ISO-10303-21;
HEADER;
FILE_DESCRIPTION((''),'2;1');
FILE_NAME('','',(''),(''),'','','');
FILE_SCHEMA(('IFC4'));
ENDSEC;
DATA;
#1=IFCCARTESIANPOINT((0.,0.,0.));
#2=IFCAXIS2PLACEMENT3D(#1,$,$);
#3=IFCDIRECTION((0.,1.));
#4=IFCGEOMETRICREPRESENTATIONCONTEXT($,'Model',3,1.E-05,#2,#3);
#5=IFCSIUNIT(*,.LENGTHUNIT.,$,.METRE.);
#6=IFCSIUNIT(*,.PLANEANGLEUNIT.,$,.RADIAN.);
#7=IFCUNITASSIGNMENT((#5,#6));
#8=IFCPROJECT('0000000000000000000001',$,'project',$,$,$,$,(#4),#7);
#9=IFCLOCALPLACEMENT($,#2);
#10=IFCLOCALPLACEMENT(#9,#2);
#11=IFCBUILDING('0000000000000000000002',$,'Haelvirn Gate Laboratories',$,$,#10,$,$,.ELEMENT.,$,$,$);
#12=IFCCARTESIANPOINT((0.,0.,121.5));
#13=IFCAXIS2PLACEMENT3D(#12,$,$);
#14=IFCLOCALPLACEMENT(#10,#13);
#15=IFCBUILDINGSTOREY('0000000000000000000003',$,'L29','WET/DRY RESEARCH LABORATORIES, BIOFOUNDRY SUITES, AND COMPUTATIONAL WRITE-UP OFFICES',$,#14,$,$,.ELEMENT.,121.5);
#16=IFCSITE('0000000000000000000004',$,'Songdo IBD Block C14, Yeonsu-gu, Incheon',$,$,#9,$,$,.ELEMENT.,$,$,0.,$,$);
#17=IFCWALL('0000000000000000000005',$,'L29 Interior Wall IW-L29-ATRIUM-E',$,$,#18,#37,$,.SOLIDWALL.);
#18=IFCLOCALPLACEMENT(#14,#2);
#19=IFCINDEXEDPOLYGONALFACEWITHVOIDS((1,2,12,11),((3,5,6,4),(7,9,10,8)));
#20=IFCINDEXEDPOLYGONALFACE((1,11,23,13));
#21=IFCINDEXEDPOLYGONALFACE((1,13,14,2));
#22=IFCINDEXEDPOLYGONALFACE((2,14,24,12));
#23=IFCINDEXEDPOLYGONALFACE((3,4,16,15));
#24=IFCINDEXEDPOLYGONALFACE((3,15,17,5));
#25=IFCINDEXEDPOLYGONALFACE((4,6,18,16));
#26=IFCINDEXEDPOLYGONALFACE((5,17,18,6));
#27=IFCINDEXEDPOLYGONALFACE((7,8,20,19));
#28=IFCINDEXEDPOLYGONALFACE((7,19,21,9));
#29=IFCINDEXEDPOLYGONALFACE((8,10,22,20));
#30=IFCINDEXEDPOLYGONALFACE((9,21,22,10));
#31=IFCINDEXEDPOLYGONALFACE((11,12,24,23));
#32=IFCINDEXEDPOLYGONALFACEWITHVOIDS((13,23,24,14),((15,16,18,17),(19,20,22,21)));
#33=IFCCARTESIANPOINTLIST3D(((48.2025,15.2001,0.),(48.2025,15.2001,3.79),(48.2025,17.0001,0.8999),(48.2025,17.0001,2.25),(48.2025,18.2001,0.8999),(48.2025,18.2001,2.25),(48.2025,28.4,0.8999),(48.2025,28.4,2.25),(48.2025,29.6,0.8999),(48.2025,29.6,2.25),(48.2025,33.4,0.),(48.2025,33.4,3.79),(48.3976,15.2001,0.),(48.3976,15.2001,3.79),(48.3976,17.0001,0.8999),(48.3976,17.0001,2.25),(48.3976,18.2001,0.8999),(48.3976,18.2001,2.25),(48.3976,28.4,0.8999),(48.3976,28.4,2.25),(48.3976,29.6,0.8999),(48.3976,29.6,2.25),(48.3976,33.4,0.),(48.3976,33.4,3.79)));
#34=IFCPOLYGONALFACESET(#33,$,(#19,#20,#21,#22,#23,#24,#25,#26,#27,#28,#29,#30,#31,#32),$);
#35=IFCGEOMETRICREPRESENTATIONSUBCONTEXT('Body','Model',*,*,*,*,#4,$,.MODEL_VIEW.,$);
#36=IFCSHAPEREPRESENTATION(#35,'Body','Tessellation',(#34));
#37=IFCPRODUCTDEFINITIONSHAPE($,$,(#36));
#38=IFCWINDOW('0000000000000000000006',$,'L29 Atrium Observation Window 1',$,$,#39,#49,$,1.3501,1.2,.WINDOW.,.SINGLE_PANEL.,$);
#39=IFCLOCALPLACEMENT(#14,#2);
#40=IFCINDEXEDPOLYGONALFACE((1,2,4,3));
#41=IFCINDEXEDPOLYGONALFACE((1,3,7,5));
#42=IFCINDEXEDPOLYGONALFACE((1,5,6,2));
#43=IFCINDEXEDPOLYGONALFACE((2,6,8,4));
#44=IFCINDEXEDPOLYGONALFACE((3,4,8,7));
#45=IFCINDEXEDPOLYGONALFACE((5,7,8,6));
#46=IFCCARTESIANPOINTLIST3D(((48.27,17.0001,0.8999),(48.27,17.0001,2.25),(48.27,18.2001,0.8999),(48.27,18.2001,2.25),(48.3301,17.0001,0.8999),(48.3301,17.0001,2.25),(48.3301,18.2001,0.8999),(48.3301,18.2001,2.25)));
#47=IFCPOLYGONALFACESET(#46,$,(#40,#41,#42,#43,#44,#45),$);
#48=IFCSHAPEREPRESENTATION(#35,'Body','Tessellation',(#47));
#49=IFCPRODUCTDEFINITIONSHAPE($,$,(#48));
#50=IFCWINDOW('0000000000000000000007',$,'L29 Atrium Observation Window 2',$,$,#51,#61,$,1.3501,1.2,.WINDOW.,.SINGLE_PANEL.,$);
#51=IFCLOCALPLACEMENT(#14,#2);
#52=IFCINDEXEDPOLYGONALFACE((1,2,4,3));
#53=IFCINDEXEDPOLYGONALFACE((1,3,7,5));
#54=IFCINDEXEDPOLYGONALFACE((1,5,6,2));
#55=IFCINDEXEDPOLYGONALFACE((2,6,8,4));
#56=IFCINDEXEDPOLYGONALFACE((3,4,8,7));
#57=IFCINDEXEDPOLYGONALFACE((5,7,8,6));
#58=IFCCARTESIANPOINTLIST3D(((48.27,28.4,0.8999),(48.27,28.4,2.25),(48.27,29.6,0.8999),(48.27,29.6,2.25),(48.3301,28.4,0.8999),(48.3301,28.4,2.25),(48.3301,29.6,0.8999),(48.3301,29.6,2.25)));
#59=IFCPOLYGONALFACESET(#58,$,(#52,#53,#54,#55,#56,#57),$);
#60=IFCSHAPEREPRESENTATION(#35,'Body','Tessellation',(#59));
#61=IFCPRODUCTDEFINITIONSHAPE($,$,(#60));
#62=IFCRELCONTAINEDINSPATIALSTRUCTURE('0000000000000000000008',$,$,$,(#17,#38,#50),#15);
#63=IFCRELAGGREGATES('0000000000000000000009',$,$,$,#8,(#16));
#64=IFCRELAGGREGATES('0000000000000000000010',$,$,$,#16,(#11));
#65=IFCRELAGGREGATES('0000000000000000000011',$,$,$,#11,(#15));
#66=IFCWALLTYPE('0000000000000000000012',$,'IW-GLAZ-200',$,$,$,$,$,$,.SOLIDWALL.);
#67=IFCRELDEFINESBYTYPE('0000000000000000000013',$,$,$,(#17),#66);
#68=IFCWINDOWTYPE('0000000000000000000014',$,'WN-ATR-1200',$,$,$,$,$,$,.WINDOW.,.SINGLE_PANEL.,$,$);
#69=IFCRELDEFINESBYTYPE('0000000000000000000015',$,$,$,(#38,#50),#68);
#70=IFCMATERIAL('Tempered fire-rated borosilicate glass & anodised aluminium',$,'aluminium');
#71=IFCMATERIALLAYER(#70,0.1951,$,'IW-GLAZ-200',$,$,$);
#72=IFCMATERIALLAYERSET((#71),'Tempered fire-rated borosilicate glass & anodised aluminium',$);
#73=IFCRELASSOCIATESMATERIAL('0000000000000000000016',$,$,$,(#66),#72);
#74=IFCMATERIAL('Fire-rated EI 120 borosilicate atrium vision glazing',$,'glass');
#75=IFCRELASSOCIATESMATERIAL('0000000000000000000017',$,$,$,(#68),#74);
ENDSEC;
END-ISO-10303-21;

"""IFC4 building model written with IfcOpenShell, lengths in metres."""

from ifc_helpers import new_model, si_unit, direction, frame, frame_2d, origin, place, context, subcontext, project, spatial, rectangle, extrude, source, transform, mapped, material, layer, layer_set, type_object, type_shapes, element, fill, save


model = new_model("IFC4")

# Units and contexts
model_context = context("Model", 3, precision=1e-05, world=origin(), true_north=direction((0.0, 1.0)))
body_context = subcontext(model_context, "Body", "Model", "MODEL_VIEW")
ifc_project = project(units=[si_unit("LENGTHUNIT", "METRE"), si_unit("PLANEANGLEUNIT", "RADIAN")], contexts=[model_context])

# Site, building, storey
site_placement = place(None, origin())
site = spatial("IfcSite", under=ifc_project, at=site_placement, Name="Songdo IBD Block C14, Yeonsu-gu, Incheon", CompositionType="ELEMENT", RefElevation=0.0)
building_placement = place(site_placement, origin())
building = spatial("IfcBuilding", under=site, at=building_placement, Name="Haelvirn Gate Laboratories", CompositionType="ELEMENT")
storey_placement = place(building_placement, frame((0.0, 0.0, 121.5)))
storey = spatial("IfcBuildingStorey", under=building, at=storey_placement, Name="L29", Description="WET/DRY RESEARCH LABORATORIES, BIOFOUNDRY SUITES, AND COMPUTATIONAL WRITE-UP OFFICES", CompositionType="ELEMENT", Elevation=121.5)

# Wall, openings, windows
ifc_material_1 = material(Name="Tempered fire-rated borosilicate glass & anodised aluminium", Category="aluminium")
ifc_layer_1 = layer(ifc_material_1, 0.1951, Name="IW-GLAZ-200")
ifc_layer_set_1 = layer_set([ifc_layer_1], Name="Tempered fire-rated borosilicate glass & anodised aluminium")
wall_type_1 = type_object("IfcWallType", Name="IW-GLAZ-200", PredefinedType="SOLIDWALL", material=ifc_layer_set_1)
wall_1_placement = place(storey_placement, frame((48.3, 15.2, 0.0), z_axis=(0.0, 0.0, 1.0), x_axis=(0.0, 1.0, 0.0)))
wall_1 = element("IfcWall", 1, at=wall_1_placement, inside=storey, type_object=wall_type_1, Name="L29 Interior Wall IW-L29-ATRIUM-E", PredefinedType="SOLIDWALL", context=body_context, shape_type="SweptSolid", body=[
    extrude(rectangle(XDim=18.2, YDim=0.1951, at=frame_2d((9.1001, 0.0))), origin(), (0.0, 0.0, 1.0), 3.79),
])
opening_1_placement = place(wall_1_placement, frame((1.8, 0.0, 0.8999)))
opening_1 = element("IfcOpeningElement", 2, at=opening_1_placement, cuts=wall_1, PredefinedType="OPENING", context=body_context, shape_type="SweptSolid", body=[
    extrude(rectangle(XDim=1.2, YDim=1.3501, at=frame_2d((0.6001, 0.675))), frame((0.0, 0.1074, 0.0), z_axis=(0.0, -1.0, 0.0), x_axis=(1.0, 0.0, 0.0)), (0.0, 0.0, 1.0), 0.2151),
])
opening_2_placement = place(wall_1_placement, frame((13.2, 0.0, 0.8999)))
opening_2 = element("IfcOpeningElement", 3, at=opening_2_placement, cuts=wall_1, PredefinedType="OPENING", context=body_context, shape_type="SweptSolid", body=[
    extrude(rectangle(XDim=1.2, YDim=1.3501, at=frame_2d((0.6001, 0.675))), frame((0.0, 0.1074, 0.0), z_axis=(0.0, -1.0, 0.0), x_axis=(1.0, 0.0, 0.0)), (0.0, 0.0, 1.0), 0.2151),
])
ifc_material_2 = material(Name="Fire-rated EI 120 borosilicate atrium vision glazing", Category="glass")
window_type = type_object("IfcWindowType", Name="WN-ATR-1200", PartitioningType="SINGLE_PANEL", PredefinedType="WINDOW", material=ifc_material_2)
shared_shape_1 = source(origin(), body_context, "Body", "SweptSolid", [
    extrude(rectangle(XDim=1.2, YDim=1.3501, at=frame_2d((0.6001, 0.675))), frame((0.0, 0.03, 0.0), z_axis=(0.0, -1.0, 0.0), x_axis=(1.0, 0.0, 0.0)), (0.0, 0.0, 1.0), 0.0601),
])
type_shapes(window_type, [shared_shape_1])
window_1_placement = place(opening_1_placement, origin())
window_1 = element("IfcWindow", 4, at=window_1_placement, inside=storey, type_object=window_type, Name="L29 Atrium Observation Window 1", OverallHeight=1.3501, OverallWidth=1.2, PartitioningType="SINGLE_PANEL", PredefinedType="WINDOW", context=body_context, shape_type="MappedRepresentation", body=[
    mapped(shared_shape_1, transform((0.0, 0.0, 0.0), scale=1.0)),
])
fill(opening_1, window_1)
window_2_placement = place(opening_2_placement, origin())
window_2 = element("IfcWindow", 5, at=window_2_placement, inside=storey, type_object=window_type, Name="L29 Atrium Observation Window 2", OverallHeight=1.3501, OverallWidth=1.2, PartitioningType="SINGLE_PANEL", PredefinedType="WINDOW", context=body_context, shape_type="MappedRepresentation", body=[
    mapped(shared_shape_1, transform((0.0, 0.0, 0.0), scale=1.0)),
])
fill(opening_2, window_2)

save(model, "model.ifc")
